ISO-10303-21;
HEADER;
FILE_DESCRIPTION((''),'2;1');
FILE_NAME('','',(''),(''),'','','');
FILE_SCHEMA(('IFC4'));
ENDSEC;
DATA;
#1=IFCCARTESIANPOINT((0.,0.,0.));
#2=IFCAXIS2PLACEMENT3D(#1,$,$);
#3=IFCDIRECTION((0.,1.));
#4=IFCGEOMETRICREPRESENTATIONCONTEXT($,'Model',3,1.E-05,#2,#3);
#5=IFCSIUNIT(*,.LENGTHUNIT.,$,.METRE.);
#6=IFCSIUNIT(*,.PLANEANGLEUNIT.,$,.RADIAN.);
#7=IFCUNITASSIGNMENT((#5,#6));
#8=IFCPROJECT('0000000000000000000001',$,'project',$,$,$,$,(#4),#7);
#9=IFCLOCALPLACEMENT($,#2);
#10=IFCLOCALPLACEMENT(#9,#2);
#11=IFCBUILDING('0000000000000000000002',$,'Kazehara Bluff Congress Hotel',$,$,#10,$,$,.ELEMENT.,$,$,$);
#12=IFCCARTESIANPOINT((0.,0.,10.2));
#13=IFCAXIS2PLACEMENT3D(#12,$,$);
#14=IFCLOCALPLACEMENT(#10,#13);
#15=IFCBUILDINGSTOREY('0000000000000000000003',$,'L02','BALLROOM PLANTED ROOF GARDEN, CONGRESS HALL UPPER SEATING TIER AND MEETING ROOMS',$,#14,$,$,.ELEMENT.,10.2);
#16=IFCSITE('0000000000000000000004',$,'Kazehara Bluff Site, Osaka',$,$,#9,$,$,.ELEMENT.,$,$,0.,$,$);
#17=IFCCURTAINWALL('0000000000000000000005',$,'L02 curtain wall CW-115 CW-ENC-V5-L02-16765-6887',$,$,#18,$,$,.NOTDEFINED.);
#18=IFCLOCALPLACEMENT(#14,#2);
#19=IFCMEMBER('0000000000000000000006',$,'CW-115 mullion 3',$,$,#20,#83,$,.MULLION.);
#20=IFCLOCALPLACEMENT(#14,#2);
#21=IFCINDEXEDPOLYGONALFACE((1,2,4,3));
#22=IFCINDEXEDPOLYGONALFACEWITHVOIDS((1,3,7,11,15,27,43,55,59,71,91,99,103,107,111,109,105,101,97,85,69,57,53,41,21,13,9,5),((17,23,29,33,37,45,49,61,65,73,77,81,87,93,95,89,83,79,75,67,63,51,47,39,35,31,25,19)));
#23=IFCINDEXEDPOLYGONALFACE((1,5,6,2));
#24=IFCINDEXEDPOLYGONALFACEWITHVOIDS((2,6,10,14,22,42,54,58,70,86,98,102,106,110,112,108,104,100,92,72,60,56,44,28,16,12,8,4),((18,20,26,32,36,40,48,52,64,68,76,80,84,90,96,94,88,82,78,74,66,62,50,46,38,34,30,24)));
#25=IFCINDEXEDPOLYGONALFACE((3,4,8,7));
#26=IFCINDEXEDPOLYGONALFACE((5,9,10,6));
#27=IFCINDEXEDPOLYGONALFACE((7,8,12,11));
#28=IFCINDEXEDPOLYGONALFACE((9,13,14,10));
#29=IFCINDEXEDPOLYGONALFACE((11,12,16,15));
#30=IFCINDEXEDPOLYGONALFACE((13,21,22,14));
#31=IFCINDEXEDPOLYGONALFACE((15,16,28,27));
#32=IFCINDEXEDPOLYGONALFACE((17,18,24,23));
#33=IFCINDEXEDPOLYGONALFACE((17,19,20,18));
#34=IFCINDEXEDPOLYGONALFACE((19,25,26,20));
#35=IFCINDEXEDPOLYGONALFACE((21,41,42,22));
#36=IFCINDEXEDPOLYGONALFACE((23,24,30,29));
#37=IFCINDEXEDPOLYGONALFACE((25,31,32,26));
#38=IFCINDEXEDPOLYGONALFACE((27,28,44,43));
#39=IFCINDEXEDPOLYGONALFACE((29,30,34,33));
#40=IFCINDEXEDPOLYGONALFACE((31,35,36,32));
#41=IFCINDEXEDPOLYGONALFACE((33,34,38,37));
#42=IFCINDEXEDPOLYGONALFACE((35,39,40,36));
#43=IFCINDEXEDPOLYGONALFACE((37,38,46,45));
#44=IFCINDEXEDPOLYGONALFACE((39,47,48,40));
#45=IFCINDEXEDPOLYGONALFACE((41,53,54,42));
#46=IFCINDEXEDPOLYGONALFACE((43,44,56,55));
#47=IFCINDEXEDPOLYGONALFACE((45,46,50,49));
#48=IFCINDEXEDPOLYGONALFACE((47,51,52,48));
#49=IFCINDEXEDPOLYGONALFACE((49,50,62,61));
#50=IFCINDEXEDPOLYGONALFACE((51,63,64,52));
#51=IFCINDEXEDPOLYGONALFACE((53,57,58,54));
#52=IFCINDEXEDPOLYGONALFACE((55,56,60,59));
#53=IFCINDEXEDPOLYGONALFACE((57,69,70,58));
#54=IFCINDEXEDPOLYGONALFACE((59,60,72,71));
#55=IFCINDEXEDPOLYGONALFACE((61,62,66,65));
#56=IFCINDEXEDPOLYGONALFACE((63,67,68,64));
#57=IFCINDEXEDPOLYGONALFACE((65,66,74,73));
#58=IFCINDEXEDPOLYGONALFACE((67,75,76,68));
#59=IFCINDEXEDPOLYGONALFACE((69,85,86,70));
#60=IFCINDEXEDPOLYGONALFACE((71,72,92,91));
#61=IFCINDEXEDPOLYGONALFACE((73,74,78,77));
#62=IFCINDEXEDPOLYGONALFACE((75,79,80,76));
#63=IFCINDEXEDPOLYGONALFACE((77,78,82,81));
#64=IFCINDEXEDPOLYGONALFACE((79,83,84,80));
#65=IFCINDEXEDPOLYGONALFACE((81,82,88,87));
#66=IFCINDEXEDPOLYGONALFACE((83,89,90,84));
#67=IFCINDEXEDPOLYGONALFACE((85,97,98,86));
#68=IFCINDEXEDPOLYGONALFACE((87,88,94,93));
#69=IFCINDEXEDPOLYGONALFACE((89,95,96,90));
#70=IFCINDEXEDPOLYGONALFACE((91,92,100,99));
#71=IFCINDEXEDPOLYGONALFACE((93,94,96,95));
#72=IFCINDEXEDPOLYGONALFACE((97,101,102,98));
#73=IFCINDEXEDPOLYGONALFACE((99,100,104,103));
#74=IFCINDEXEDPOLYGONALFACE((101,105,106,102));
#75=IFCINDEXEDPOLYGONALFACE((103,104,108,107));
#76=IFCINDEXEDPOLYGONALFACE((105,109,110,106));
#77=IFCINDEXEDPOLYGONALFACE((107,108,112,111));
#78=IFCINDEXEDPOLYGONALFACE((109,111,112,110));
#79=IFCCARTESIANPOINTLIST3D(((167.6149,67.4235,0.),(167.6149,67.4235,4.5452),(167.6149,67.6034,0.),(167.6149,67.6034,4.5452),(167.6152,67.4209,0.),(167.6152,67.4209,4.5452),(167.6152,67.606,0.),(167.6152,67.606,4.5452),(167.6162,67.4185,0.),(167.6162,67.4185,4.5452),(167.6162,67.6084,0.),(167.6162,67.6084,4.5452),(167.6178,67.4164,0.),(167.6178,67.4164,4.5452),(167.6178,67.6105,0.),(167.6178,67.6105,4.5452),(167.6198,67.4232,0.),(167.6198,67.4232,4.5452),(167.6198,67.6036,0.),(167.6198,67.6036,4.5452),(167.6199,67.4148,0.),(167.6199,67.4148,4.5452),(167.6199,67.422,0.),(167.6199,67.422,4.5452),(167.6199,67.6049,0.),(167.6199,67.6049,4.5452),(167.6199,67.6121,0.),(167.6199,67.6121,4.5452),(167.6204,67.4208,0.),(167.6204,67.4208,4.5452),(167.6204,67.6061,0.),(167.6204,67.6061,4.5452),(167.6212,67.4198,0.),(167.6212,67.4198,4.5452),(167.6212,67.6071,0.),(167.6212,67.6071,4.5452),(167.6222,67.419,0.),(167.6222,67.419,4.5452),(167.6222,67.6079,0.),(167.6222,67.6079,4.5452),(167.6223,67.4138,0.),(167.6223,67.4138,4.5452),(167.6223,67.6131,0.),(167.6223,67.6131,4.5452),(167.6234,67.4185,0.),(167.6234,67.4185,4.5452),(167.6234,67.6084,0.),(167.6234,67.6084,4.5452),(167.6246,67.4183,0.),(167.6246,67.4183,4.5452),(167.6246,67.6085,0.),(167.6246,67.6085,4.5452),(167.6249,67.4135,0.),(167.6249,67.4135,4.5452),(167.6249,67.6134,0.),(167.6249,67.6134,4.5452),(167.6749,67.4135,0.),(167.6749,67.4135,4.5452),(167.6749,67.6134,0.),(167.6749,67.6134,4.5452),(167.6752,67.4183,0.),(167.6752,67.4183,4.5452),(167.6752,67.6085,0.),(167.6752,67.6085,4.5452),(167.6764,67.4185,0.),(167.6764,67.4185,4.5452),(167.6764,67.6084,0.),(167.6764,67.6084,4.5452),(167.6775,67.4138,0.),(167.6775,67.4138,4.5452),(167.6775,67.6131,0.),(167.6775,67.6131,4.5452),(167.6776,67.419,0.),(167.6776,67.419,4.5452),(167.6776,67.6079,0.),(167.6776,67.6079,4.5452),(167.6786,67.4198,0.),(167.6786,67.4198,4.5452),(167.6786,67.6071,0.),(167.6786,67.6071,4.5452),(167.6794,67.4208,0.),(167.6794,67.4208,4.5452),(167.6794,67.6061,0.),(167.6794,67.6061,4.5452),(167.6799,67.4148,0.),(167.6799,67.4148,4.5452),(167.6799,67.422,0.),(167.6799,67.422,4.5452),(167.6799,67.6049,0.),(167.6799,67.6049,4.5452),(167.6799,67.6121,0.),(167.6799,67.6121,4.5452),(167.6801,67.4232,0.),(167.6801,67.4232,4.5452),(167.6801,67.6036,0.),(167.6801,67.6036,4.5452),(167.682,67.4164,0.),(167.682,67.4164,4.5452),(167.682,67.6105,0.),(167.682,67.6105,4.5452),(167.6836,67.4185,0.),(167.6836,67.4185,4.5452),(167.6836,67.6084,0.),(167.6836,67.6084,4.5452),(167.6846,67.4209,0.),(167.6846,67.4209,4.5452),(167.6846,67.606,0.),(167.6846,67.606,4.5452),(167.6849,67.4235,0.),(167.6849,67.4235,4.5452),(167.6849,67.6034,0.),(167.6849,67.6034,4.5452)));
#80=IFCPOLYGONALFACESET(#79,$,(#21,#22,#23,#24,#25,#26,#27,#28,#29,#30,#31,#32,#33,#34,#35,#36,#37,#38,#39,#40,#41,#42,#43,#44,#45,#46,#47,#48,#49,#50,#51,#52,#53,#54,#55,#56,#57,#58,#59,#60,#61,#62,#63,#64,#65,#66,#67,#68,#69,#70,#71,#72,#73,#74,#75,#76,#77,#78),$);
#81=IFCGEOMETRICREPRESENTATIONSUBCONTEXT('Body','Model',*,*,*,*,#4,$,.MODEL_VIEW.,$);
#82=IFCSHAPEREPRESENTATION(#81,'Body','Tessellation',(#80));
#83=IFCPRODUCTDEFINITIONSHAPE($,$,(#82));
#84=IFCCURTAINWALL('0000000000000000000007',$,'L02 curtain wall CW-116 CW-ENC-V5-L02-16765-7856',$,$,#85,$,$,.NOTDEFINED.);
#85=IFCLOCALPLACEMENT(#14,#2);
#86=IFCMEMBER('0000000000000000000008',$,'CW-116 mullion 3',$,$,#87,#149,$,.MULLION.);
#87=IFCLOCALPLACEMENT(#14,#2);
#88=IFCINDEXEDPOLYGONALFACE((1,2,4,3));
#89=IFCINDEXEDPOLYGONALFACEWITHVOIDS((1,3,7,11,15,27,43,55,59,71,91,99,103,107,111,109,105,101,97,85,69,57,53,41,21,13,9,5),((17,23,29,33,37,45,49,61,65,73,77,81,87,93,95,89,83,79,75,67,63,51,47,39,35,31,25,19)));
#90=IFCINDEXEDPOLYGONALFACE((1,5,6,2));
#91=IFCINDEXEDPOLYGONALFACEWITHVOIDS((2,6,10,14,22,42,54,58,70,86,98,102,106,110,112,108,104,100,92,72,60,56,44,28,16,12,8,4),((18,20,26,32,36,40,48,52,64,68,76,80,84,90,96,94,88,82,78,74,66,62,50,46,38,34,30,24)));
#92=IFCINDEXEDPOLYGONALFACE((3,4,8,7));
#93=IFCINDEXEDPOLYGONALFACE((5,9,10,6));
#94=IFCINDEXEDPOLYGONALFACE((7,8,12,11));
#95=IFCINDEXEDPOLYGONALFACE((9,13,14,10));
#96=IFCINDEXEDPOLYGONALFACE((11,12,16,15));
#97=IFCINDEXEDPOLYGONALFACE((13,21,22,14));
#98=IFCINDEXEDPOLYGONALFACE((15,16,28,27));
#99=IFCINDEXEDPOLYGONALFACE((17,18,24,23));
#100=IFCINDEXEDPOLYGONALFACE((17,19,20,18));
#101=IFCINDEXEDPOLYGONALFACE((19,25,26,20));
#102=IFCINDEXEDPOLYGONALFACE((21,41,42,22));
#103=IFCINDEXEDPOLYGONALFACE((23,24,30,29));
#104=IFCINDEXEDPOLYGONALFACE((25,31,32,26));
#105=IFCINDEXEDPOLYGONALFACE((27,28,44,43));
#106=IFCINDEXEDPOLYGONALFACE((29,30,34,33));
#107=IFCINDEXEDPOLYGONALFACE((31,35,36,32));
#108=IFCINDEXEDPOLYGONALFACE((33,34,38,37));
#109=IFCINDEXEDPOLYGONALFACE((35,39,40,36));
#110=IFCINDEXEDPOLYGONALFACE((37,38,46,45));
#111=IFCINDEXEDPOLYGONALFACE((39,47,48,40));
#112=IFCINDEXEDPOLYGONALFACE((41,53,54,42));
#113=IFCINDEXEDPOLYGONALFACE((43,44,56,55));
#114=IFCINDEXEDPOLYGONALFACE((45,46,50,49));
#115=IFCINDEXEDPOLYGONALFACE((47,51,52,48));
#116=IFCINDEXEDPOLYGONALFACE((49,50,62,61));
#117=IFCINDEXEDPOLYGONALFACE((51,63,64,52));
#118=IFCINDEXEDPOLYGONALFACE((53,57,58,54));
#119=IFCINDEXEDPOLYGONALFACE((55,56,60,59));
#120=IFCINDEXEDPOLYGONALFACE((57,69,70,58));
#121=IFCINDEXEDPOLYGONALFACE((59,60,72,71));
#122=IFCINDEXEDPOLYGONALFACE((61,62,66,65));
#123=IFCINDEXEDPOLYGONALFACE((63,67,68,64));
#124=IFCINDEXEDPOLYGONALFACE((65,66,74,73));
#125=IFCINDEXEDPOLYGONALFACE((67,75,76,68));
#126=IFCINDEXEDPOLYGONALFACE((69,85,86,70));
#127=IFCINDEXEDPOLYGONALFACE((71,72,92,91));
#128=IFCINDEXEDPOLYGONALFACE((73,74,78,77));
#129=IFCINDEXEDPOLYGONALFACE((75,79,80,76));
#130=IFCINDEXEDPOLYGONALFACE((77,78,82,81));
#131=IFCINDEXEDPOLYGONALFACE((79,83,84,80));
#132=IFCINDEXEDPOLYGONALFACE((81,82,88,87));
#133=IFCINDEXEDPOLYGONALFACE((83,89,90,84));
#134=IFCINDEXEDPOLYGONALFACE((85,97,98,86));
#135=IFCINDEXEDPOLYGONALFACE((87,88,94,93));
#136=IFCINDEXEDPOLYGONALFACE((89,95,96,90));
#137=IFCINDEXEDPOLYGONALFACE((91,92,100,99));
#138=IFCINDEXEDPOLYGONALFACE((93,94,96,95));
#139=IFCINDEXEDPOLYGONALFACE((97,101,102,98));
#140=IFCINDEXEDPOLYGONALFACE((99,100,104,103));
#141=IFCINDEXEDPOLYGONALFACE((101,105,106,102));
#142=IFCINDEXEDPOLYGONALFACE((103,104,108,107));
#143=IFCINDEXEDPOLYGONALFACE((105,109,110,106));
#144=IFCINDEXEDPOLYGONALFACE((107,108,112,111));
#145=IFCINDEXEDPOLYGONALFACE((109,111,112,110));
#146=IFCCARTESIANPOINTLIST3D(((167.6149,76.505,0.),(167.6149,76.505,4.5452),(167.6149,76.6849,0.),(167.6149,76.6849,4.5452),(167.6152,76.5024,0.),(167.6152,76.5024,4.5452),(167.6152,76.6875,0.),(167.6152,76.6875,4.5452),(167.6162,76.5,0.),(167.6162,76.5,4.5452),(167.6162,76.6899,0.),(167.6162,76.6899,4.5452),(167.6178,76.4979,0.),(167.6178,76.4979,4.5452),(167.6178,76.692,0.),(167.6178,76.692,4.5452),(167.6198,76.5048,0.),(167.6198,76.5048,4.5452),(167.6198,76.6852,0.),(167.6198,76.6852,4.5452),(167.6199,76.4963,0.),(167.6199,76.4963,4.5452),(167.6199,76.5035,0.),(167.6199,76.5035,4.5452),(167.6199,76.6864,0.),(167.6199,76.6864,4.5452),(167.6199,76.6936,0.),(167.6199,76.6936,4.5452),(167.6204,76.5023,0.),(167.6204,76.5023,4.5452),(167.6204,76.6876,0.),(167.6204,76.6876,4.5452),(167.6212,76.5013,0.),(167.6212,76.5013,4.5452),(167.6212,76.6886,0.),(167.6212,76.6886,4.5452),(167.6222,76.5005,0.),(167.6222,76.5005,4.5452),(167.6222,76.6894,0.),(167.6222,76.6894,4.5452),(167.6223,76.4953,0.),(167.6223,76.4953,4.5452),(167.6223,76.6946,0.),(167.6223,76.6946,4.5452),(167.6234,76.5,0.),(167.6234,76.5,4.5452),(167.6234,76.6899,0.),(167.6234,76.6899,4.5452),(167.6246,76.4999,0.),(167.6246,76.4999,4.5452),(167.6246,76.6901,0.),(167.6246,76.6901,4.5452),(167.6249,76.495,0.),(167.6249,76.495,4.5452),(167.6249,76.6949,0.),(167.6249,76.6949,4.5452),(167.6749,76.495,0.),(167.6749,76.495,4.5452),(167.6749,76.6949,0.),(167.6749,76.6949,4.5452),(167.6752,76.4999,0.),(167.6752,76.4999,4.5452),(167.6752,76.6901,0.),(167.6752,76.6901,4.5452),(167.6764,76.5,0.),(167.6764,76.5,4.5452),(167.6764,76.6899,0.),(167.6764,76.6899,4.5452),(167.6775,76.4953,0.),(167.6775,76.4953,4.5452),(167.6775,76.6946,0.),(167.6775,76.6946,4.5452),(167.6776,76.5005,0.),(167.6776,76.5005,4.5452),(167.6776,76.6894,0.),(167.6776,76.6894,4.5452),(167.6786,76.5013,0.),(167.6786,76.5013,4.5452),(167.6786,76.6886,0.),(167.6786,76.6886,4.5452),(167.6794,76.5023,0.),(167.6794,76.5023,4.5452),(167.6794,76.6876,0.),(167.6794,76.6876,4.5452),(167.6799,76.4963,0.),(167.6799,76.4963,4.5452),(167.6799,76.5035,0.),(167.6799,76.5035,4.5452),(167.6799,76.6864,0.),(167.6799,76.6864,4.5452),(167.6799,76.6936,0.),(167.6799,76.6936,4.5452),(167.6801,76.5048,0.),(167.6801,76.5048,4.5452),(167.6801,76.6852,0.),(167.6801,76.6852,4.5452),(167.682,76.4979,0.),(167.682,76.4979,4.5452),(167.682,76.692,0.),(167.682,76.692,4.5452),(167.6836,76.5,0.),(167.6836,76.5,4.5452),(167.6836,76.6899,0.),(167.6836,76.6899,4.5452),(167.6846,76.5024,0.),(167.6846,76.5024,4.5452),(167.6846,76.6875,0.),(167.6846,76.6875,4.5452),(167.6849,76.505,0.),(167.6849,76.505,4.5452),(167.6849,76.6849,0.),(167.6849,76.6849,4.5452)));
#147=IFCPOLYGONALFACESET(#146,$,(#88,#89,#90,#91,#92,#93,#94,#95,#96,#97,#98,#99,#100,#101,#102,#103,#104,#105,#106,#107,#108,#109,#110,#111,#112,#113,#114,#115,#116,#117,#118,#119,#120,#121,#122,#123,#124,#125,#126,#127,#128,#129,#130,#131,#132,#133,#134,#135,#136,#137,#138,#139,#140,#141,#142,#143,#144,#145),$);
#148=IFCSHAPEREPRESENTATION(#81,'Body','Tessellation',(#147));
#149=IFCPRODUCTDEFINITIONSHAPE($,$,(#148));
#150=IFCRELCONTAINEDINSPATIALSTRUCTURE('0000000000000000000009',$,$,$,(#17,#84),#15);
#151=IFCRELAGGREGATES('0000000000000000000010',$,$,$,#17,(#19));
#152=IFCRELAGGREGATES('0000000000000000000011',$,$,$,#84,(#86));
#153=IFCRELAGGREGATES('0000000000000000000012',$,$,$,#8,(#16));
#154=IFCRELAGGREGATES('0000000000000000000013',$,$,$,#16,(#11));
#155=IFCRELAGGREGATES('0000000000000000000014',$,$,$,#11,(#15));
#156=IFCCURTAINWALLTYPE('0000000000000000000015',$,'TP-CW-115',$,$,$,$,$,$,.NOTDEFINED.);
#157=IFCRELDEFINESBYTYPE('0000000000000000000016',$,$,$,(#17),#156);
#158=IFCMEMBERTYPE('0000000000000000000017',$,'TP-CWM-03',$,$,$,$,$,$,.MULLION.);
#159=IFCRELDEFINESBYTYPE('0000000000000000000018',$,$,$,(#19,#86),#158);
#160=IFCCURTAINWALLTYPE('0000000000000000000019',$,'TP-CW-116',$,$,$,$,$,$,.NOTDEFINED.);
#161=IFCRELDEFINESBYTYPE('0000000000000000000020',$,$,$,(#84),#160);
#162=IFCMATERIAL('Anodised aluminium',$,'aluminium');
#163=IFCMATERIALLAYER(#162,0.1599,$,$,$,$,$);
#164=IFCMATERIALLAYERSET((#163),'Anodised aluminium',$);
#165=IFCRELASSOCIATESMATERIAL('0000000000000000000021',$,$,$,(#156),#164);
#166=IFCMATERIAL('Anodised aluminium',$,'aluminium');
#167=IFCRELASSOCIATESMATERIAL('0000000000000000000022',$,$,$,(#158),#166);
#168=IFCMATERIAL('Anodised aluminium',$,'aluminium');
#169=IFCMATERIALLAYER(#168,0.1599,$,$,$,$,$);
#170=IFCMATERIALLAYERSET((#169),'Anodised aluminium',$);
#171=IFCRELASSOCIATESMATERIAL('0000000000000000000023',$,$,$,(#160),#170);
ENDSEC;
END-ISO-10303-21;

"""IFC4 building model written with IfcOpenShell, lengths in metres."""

from ifc_helpers import new_model, si_unit, direction, frame, origin, origin_2d, place, context, subcontext, project, spatial, hollow_rectangle, extrude, material, layer, layer_set, material_profile, profile_set, type_object, element, aggregate, save


model = new_model("IFC4")

# Units and contexts
model_context = context("Model", 3, precision=1e-05, world=origin(), true_north=direction((0.0, 1.0)))
body_context = subcontext(model_context, "Body", "Model", "MODEL_VIEW")
ifc_project = project(units=[si_unit("LENGTHUNIT", "METRE"), si_unit("PLANEANGLEUNIT", "RADIAN")], contexts=[model_context])

# Site, building, storey
site_placement = place(None, origin())
site = spatial("IfcSite", under=ifc_project, at=site_placement, Name="Kazehara Bluff Site, Osaka", CompositionType="ELEMENT", RefElevation=0.0)
building_placement = place(site_placement, origin())
building = spatial("IfcBuilding", under=site, at=building_placement, Name="Kazehara Bluff Congress Hotel", CompositionType="ELEMENT")
storey_placement = place(building_placement, frame((0.0, 0.0, 10.2)))
storey = spatial("IfcBuildingStorey", under=building, at=storey_placement, Name="L02", Description="BALLROOM PLANTED ROOF GARDEN, CONGRESS HALL UPPER SEATING TIER AND MEETING ROOMS", CompositionType="ELEMENT", Elevation=10.2)

# Curtain wall, member
ifc_material_1 = material(Name="Anodised aluminium", Category="aluminium")
ifc_layer_1 = layer(ifc_material_1, 0.1599)
ifc_layer_set_1 = layer_set([ifc_layer_1], Name="Anodised aluminium")
curtain_wall_type_1 = type_object("IfcCurtainWallType", Name="TP-CW-115", PredefinedType="NOTDEFINED", material=ifc_layer_set_1)
curtain_wall_1_placement = place(storey_placement, origin())
curtain_wall_1 = element("IfcCurtainWall", 1, at=curtain_wall_1_placement, inside=storey, type_object=curtain_wall_type_1, Name="L02 curtain wall CW-115 CW-ENC-V5-L02-16765-6887", PredefinedType="NOTDEFINED")
ifc_material_2 = material(Name="Anodised aluminium", Category="aluminium")
ifc_material_profile_1 = material_profile(ifc_material_2, hollow_rectangle(XDim=0.0701, YDim=0.2, WallThickness=0.0049, InnerFilletRadius=0.0049, OuterFilletRadius=0.01, at=origin_2d()))
ifc_profile_set_1 = profile_set([ifc_material_profile_1], Name="Anodised aluminium")
member_type_1 = type_object("IfcMemberType", Name="TP-CWM-03", PredefinedType="MULLION", material=ifc_profile_set_1)
member_1_placement = place(storey_placement, frame((167.6499, 67.5134, 0.0), z_axis=(0.0, 0.0, 1.0), x_axis=(1.0, 0.0, 0.0)))
member_1 = element("IfcMember", 2, at=member_1_placement, type_object=member_type_1, Name="CW-115 mullion 3", PredefinedType="MULLION", context=body_context, shape_type="SweptSolid", body=[
    extrude(hollow_rectangle(XDim=0.0701, YDim=0.2, WallThickness=0.0049, InnerFilletRadius=0.0049, OuterFilletRadius=0.01, at=origin_2d()), origin(), (0.0, 0.0, 1.0), 4.5452),
])

# Curtain wall, member
ifc_material_3 = material(Name="Anodised aluminium", Category="aluminium")
ifc_layer_2 = layer(ifc_material_3, 0.1599)
ifc_layer_set_2 = layer_set([ifc_layer_2], Name="Anodised aluminium")
curtain_wall_type_2 = type_object("IfcCurtainWallType", Name="TP-CW-116", PredefinedType="NOTDEFINED", material=ifc_layer_set_2)
curtain_wall_2_placement = place(storey_placement, origin())
curtain_wall_2 = element("IfcCurtainWall", 3, at=curtain_wall_2_placement, inside=storey, type_object=curtain_wall_type_2, Name="L02 curtain wall CW-116 CW-ENC-V5-L02-16765-7856", PredefinedType="NOTDEFINED")
member_2_placement = place(storey_placement, frame((167.6499, 76.595, 0.0), z_axis=(0.0, 0.0, 1.0), x_axis=(1.0, 0.0, 0.0)))
member_2 = element("IfcMember", 4, at=member_2_placement, type_object=member_type_1, Name="CW-116 mullion 3", PredefinedType="MULLION", context=body_context, shape_type="SweptSolid", body=[
    extrude(hollow_rectangle(XDim=0.0701, YDim=0.2, WallThickness=0.0049, InnerFilletRadius=0.0049, OuterFilletRadius=0.01, at=origin_2d()), origin(), (0.0, 0.0, 1.0), 4.5452),
])

aggregate(curtain_wall_1, [member_1])
aggregate(curtain_wall_2, [member_2])

save(model, "model.ifc")
